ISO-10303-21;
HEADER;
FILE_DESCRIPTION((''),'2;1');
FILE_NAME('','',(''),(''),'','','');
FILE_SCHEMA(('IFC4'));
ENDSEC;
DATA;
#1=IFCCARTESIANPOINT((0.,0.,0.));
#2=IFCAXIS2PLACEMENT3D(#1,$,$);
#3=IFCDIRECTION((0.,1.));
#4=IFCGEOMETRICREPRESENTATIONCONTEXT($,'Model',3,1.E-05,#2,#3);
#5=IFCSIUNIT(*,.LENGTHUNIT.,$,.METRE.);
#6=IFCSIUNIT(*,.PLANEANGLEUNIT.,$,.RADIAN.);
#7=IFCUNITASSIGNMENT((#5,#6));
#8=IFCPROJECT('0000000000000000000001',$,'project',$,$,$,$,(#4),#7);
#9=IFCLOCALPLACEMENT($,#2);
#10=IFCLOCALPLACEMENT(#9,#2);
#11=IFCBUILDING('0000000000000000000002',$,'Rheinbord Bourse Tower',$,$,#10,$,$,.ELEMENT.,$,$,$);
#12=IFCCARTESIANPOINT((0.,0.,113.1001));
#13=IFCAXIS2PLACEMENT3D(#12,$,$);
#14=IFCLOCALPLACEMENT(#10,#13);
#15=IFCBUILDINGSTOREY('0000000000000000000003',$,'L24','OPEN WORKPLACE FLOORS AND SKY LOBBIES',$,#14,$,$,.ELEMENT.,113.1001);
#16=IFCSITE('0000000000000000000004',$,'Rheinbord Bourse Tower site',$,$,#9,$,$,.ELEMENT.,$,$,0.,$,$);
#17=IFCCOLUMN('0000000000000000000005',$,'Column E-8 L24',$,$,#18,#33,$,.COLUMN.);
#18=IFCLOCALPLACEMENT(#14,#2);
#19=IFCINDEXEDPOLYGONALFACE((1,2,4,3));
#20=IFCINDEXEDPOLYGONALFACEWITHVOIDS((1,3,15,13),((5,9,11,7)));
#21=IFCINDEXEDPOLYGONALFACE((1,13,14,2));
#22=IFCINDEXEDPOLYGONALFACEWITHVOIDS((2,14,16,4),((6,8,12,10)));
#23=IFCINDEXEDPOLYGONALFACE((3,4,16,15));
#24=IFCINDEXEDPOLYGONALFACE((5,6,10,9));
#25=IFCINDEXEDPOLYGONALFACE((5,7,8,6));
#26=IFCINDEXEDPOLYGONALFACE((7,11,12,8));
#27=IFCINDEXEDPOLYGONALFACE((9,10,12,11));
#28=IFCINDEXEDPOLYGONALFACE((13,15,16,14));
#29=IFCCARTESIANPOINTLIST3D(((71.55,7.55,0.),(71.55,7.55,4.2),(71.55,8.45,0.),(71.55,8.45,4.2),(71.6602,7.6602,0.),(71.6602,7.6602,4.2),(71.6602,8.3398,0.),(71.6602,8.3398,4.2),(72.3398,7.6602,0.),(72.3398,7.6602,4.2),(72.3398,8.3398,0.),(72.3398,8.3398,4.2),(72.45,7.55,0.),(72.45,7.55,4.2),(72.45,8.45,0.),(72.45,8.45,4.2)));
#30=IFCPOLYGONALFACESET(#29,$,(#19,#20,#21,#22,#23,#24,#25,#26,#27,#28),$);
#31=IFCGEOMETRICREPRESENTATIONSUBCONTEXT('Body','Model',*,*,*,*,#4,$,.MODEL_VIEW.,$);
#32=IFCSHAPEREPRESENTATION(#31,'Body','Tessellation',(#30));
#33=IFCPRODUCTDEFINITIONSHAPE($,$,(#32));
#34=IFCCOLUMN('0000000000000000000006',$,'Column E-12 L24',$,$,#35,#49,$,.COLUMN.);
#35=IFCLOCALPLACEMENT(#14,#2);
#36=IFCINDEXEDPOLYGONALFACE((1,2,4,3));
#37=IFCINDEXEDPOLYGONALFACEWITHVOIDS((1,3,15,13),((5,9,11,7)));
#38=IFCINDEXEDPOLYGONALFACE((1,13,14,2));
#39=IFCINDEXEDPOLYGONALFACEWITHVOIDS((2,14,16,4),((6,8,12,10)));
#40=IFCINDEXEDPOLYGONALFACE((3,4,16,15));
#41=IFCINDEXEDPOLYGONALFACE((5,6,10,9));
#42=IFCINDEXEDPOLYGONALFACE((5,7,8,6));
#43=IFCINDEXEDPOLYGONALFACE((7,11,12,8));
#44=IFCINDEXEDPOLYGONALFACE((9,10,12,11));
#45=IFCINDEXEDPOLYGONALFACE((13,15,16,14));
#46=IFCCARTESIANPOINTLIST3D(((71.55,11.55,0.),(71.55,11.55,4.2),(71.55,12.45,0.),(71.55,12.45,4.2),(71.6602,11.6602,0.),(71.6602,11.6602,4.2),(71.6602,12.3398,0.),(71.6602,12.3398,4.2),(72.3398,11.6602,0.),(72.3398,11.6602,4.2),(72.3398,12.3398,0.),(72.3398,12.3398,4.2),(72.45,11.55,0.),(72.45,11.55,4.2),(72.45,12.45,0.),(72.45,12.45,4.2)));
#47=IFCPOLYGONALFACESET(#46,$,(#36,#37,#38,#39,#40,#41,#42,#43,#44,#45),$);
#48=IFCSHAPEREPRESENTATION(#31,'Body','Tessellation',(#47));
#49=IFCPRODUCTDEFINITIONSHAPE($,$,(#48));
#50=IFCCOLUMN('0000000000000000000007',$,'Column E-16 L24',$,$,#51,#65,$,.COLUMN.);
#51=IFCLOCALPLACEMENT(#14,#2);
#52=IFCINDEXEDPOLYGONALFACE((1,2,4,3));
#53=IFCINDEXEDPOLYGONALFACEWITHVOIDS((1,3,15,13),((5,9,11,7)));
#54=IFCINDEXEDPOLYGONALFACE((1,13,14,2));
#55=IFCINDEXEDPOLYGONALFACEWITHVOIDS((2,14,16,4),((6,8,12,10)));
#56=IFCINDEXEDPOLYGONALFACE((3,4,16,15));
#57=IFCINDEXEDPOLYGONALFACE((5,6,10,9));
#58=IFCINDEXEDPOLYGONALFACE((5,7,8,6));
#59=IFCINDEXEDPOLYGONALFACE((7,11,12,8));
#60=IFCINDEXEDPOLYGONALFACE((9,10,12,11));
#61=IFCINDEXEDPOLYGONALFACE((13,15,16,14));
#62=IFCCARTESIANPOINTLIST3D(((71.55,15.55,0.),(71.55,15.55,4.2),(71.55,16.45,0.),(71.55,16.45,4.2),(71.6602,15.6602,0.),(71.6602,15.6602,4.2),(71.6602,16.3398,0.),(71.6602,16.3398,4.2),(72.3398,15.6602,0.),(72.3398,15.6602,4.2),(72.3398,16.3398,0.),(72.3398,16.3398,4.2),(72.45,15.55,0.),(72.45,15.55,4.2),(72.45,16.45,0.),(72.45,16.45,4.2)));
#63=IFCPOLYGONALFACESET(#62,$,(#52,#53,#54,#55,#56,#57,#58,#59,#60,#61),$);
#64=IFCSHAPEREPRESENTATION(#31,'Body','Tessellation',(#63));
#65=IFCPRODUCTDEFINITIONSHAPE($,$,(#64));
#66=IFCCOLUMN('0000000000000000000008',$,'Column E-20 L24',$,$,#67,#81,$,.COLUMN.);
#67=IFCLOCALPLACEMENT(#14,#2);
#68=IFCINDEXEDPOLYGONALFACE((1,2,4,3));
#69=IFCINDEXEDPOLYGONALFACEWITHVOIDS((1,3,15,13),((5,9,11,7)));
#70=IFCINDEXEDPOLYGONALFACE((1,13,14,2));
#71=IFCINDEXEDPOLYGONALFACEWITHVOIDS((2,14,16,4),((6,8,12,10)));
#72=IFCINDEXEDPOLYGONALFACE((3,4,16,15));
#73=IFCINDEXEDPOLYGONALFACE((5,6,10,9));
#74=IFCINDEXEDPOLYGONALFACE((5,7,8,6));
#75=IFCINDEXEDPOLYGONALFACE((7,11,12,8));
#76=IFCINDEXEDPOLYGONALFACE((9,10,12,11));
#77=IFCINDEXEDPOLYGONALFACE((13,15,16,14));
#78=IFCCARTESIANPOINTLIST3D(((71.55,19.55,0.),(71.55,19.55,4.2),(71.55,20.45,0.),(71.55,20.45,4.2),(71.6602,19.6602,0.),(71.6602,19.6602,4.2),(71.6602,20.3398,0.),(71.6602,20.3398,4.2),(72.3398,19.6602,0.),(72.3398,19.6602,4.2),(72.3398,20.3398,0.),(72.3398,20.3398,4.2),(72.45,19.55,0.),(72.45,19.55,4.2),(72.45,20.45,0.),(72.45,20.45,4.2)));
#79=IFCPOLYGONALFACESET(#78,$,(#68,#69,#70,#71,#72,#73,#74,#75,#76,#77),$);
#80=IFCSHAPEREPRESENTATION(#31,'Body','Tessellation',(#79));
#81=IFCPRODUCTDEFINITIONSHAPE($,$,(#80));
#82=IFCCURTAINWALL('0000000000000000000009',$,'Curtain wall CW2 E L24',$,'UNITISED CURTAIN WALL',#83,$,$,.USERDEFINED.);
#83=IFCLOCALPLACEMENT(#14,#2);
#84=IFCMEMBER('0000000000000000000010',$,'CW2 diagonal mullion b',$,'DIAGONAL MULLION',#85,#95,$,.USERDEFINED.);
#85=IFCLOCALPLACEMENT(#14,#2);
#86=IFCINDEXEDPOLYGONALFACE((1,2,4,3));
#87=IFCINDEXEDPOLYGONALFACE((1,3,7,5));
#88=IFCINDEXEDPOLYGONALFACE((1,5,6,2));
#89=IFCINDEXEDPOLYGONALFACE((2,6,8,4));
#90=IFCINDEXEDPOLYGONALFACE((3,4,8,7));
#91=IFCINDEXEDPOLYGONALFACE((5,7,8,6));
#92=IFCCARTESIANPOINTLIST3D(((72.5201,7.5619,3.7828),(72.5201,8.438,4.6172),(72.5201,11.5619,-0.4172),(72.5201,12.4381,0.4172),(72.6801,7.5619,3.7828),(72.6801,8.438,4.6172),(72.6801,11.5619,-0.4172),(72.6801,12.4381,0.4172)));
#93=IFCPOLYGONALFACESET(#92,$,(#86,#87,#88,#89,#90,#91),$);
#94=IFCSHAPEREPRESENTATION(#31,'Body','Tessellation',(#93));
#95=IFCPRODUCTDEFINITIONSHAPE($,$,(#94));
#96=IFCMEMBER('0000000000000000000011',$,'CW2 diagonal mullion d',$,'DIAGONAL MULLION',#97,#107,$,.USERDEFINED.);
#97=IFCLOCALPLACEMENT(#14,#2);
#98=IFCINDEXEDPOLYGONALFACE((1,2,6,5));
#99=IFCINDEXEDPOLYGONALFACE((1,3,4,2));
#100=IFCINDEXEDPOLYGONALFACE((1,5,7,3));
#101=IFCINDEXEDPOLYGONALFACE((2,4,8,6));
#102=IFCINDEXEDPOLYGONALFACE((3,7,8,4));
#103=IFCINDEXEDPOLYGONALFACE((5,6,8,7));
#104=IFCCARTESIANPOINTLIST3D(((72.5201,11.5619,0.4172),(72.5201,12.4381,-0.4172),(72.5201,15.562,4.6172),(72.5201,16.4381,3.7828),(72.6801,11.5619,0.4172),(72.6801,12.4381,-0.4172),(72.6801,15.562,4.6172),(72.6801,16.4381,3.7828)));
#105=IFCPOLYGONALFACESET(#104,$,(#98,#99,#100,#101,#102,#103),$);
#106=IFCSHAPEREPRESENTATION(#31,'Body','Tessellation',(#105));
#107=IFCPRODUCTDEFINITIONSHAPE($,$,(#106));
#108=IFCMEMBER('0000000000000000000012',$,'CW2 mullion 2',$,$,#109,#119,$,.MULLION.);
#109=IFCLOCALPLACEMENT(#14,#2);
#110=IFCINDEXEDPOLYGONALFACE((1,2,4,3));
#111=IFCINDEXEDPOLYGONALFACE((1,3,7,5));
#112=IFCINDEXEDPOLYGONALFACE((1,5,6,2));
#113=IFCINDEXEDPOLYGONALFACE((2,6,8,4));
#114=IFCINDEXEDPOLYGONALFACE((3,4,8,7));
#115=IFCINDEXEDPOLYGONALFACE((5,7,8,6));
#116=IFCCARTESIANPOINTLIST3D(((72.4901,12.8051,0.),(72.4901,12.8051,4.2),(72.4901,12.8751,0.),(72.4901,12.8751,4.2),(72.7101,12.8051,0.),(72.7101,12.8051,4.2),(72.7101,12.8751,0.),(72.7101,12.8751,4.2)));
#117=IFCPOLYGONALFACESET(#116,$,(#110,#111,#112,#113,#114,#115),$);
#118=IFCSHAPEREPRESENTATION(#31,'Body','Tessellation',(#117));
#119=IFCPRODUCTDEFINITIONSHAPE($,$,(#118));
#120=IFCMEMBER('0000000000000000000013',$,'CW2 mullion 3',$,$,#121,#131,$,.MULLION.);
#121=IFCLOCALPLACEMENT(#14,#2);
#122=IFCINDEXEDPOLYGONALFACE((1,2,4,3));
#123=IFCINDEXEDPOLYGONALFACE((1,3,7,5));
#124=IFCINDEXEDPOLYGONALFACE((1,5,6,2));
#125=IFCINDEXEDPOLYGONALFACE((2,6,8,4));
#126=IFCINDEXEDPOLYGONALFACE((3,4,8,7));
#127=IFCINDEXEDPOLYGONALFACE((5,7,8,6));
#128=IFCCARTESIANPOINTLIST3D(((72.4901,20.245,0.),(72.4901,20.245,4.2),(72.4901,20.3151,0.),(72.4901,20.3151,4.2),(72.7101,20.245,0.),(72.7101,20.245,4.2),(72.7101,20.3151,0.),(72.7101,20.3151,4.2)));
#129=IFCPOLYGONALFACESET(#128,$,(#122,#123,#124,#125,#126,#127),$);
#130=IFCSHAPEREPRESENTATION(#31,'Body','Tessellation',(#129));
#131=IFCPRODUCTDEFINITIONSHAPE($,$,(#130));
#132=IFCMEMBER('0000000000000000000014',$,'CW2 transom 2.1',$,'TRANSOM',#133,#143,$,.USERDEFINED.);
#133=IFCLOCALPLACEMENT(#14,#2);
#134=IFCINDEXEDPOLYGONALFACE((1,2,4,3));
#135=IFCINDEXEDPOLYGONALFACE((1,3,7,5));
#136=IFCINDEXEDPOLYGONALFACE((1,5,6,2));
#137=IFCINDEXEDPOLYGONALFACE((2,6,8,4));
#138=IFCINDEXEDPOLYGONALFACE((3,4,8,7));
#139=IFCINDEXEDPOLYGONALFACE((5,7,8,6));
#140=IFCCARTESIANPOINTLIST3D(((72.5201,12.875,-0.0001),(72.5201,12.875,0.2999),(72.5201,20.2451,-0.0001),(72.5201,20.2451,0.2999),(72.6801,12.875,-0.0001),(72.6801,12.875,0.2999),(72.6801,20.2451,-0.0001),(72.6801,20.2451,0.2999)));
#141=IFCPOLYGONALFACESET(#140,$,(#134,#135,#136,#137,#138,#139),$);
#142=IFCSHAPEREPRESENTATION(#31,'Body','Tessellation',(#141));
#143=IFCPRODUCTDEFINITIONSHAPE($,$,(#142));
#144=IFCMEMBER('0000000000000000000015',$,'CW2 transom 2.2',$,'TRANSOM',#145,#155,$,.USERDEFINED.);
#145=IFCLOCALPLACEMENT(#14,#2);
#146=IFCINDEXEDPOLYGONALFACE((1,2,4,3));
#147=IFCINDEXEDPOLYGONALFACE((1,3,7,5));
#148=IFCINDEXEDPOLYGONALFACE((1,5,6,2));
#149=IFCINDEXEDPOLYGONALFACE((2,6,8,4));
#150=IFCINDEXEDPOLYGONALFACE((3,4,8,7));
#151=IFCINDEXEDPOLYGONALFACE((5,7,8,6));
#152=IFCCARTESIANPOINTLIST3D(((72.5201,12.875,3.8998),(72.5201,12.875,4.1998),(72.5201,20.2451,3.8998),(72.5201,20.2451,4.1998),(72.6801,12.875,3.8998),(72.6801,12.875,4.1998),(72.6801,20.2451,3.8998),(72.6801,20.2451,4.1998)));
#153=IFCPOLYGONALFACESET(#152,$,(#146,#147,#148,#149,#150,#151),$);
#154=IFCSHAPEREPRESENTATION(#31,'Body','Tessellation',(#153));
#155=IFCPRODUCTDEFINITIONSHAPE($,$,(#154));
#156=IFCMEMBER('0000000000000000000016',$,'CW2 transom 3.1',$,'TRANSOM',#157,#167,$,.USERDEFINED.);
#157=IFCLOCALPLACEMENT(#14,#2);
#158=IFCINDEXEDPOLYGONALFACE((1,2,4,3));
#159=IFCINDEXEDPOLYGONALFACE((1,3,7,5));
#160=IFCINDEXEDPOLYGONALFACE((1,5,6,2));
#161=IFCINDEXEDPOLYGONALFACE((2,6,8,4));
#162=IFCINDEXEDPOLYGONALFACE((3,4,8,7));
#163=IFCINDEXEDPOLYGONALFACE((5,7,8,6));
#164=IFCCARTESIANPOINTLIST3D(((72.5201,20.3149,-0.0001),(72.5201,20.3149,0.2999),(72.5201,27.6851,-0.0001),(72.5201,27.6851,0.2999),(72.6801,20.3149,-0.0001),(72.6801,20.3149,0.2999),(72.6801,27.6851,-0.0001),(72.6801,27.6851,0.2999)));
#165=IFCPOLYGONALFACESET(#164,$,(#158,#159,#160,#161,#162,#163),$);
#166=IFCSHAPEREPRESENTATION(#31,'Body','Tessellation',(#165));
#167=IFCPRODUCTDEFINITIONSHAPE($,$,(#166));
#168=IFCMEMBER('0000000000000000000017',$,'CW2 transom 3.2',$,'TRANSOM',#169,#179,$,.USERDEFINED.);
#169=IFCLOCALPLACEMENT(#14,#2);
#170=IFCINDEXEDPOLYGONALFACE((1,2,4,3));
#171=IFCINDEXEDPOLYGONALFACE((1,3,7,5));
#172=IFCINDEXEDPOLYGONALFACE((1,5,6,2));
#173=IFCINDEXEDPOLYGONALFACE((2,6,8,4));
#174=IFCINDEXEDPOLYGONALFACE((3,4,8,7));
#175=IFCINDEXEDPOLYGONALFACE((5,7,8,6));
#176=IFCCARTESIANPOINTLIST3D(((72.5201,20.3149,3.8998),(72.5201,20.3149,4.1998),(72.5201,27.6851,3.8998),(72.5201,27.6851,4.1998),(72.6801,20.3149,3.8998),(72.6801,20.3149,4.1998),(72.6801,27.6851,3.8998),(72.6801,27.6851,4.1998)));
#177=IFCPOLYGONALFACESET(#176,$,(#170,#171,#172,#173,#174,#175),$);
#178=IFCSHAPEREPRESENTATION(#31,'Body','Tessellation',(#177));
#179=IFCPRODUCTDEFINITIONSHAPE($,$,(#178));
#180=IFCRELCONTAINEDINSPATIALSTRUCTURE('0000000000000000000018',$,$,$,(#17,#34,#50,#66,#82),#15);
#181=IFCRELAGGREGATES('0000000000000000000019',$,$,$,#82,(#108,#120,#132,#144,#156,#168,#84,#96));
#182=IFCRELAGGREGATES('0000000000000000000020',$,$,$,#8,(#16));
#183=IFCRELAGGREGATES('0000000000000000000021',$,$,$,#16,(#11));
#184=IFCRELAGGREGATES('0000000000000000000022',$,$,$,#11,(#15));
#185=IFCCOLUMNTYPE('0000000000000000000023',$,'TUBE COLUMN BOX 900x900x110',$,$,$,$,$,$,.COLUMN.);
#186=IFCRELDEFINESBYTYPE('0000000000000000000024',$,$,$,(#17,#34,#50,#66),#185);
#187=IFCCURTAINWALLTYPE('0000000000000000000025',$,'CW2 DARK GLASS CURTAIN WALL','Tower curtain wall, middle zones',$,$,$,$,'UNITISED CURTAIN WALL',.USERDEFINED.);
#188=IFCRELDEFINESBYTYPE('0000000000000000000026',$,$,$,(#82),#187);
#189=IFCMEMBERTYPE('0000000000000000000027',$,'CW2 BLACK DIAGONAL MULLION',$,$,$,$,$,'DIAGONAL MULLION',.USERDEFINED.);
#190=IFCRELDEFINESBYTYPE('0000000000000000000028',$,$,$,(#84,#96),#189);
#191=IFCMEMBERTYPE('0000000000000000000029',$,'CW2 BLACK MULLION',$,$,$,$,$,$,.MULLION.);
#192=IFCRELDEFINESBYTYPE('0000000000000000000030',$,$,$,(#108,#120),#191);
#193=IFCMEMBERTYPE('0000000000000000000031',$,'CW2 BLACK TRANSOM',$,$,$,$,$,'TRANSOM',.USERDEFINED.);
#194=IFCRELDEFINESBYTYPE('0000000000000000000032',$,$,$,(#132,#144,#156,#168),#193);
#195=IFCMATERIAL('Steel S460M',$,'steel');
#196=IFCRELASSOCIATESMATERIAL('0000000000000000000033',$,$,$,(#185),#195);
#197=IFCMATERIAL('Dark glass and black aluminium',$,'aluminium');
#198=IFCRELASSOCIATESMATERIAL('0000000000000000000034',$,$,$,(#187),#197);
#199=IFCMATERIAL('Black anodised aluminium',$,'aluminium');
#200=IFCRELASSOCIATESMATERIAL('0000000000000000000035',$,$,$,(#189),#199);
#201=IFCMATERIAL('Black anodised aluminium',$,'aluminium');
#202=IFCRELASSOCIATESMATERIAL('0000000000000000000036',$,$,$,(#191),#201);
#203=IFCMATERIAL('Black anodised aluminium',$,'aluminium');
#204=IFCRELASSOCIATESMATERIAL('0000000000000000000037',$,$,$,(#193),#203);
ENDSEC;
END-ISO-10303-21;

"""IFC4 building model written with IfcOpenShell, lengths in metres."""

from ifc_helpers import new_model, si_unit, direction, frame, origin, origin_2d, place, context, subcontext, project, spatial, rectangle, hollow_rectangle, extrude, material, material_profile, profile_set, type_object, element, aggregate, save


model = new_model("IFC4")

# Units and contexts
model_context = context("Model", 3, precision=1e-05, world=origin(), true_north=direction((0.0, 1.0)))
body_context = subcontext(model_context, "Body", "Model", "MODEL_VIEW")
ifc_project = project(units=[si_unit("LENGTHUNIT", "METRE"), si_unit("PLANEANGLEUNIT", "RADIAN")], contexts=[model_context])

# Site, building, storey
site_placement = place(None, origin())
site = spatial("IfcSite", under=ifc_project, at=site_placement, Name="Rheinbord Bourse Tower site", CompositionType="ELEMENT", RefElevation=0.0)
building_placement = place(site_placement, origin())
building = spatial("IfcBuilding", under=site, at=building_placement, Name="Rheinbord Bourse Tower", CompositionType="ELEMENT")
storey_placement = place(building_placement, frame((0.0, 0.0, 113.1001)))
storey = spatial("IfcBuildingStorey", under=building, at=storey_placement, Name="L24", Description="OPEN WORKPLACE FLOORS AND SKY LOBBIES", CompositionType="ELEMENT", Elevation=113.1001)

# Columns
ifc_material_1 = material(Name="Steel S460M", Category="steel")
ifc_material_profile_1 = material_profile(ifc_material_1, hollow_rectangle(XDim=0.8999, YDim=0.8999, WallThickness=0.1101, at=origin_2d()), Name="BOX 900x900x110")
ifc_profile_set_1 = profile_set([ifc_material_profile_1], Name="Steel S460M")
column_type = type_object("IfcColumnType", Name="TUBE COLUMN BOX 900x900x110", PredefinedType="COLUMN", material=ifc_profile_set_1)
for number, where, z_axis, x_axis, name in (
    (1, (72.0, 8.0, 0.0), (0.0, 0.0, 1.0), (1.0, 0.0, 0.0), "Column E-8 L24"),
    (2, (72.0, 12.0, 0.0), (0.0, 0.0, 1.0), (1.0, 0.0, 0.0), "Column E-12 L24"),
    (3, (72.0, 16.0, 0.0), (0.0, 0.0, 1.0), (1.0, 0.0, 0.0), "Column E-16 L24"),
    (4, (72.0, 20.0, 0.0), (0.0, 0.0, 1.0), (1.0, 0.0, 0.0), "Column E-20 L24"),
):
    element("IfcColumn", number, at=place(storey_placement, frame(where, z_axis=z_axis, x_axis=x_axis)), inside=storey, type_object=column_type, Name=name, PredefinedType="COLUMN", context=body_context, shape_type="SweptSolid", body=[
        extrude(hollow_rectangle(XDim=0.8999, YDim=0.8999, WallThickness=0.1101, at=origin_2d()), origin(), (0.0, 0.0, 1.0), 4.2),
    ])

# Curtain wall, members
ifc_material_2 = material(Name="Dark glass and black aluminium", Category="aluminium")
curtain_wall_type = type_object("IfcCurtainWallType", Name="CW2 DARK GLASS CURTAIN WALL", Description="Tower curtain wall, middle zones", ElementType="UNITISED CURTAIN WALL", PredefinedType="USERDEFINED", material=ifc_material_2)
curtain_wall_placement = place(storey_placement, origin())
curtain_wall = element("IfcCurtainWall", 5, at=curtain_wall_placement, inside=storey, type_object=curtain_wall_type, Name="Curtain wall CW2 E L24", ObjectType="UNITISED CURTAIN WALL", PredefinedType="USERDEFINED")
ifc_material_3 = material(Name="Black anodised aluminium", Category="aluminium")
ifc_material_profile_2 = material_profile(ifc_material_3, rectangle(XDim=0.1599, YDim=1.21, at=origin_2d()), Name="CW2 DIAGONAL MULLION 1210x160")
ifc_profile_set_2 = profile_set([ifc_material_profile_2], Name="Black anodised aluminium")
member_type_1 = type_object("IfcMemberType", Name="CW2 BLACK DIAGONAL MULLION", ElementType="DIAGONAL MULLION", PredefinedType="USERDEFINED", material=ifc_profile_set_2)
member_1_placement = place(storey_placement, frame((72.6001, 12.0, 0.0), z_axis=(0.0, -0.689659, 0.724134), x_axis=(1.0, 0.0, 0.0)))
member_1 = element("IfcMember", 6, at=member_1_placement, type_object=member_type_1, Name="CW2 diagonal mullion b", ObjectType="DIAGONAL MULLION", PredefinedType="USERDEFINED", context=body_context, shape_type="SweptSolid", body=[
    extrude(rectangle(XDim=0.1599, YDim=1.21, at=origin_2d()), origin(), (0.0, 0.0, 1.0), 5.8),
])
member_2_placement = place(storey_placement, frame((72.6001, 12.0, 0.0), z_axis=(0.0, 0.689659, 0.724134), x_axis=(-1.0, 0.0, 0.0)))
member_2 = element("IfcMember", 7, at=member_2_placement, type_object=member_type_1, Name="CW2 diagonal mullion d", ObjectType="DIAGONAL MULLION", PredefinedType="USERDEFINED", context=body_context, shape_type="SweptSolid", body=[
    extrude(rectangle(XDim=0.1599, YDim=1.21, at=origin_2d()), origin(), (0.0, 0.0, 1.0), 5.8),
])
ifc_material_4 = material(Name="Black anodised aluminium", Category="aluminium")
ifc_material_profile_3 = material_profile(ifc_material_4, rectangle(XDim=0.22, YDim=0.0701, at=origin_2d()), Name="CW2 MULLION 70x220")
ifc_profile_set_3 = profile_set([ifc_material_profile_3], Name="Black anodised aluminium")
member_type_2 = type_object("IfcMemberType", Name="CW2 BLACK MULLION", PredefinedType="MULLION", material=ifc_profile_set_3)
member_3_placement = place(storey_placement, frame((72.6001, 12.8401, 0.0), z_axis=(0.0, 0.0, 1.0), x_axis=(-1.0, 0.0, 0.0)))
member_3 = element("IfcMember", 8, at=member_3_placement, type_object=member_type_2, Name="CW2 mullion 2", PredefinedType="MULLION", context=body_context, shape_type="SweptSolid", body=[
    extrude(rectangle(XDim=0.22, YDim=0.0701, at=origin_2d()), origin(), (0.0, 0.0, 1.0), 4.2),
])
member_4_placement = place(storey_placement, frame((72.6001, 20.28, 0.0), z_axis=(0.0, 0.0, 1.0), x_axis=(-1.0, 0.0, 0.0)))
member_4 = element("IfcMember", 9, at=member_4_placement, type_object=member_type_2, Name="CW2 mullion 3", PredefinedType="MULLION", context=body_context, shape_type="SweptSolid", body=[
    extrude(rectangle(XDim=0.22, YDim=0.0701, at=origin_2d()), origin(), (0.0, 0.0, 1.0), 4.2),
])
ifc_material_5 = material(Name="Black anodised aluminium", Category="aluminium")
ifc_material_profile_4 = material_profile(ifc_material_5, rectangle(XDim=0.1599, YDim=0.3, at=origin_2d()), Name="CW2 TRANSOM 300x160")
ifc_profile_set_4 = profile_set([ifc_material_profile_4], Name="Black anodised aluminium")
member_type_3 = type_object("IfcMemberType", Name="CW2 BLACK TRANSOM", ElementType="TRANSOM", PredefinedType="USERDEFINED", material=ifc_profile_set_4)
member_5_placement = place(storey_placement, frame((72.6001, 12.875, 0.1499), z_axis=(0.0, 1.0, 0.0), x_axis=(-1.0, 0.0, 0.0)))
member_5 = element("IfcMember", 10, at=member_5_placement, type_object=member_type_3, Name="CW2 transom 2.1", ObjectType="TRANSOM", PredefinedType="USERDEFINED", context=body_context, shape_type="SweptSolid", body=[
    extrude(rectangle(XDim=0.1599, YDim=0.3, at=origin_2d()), origin(), (0.0, 0.0, 1.0), 7.3701),
])
member_6_placement = place(storey_placement, frame((72.6001, 12.875, 4.0498), z_axis=(0.0, 1.0, 0.0), x_axis=(-1.0, 0.0, 0.0)))
member_6 = element("IfcMember", 11, at=member_6_placement, type_object=member_type_3, Name="CW2 transom 2.2", ObjectType="TRANSOM", PredefinedType="USERDEFINED", context=body_context, shape_type="SweptSolid", body=[
    extrude(rectangle(XDim=0.1599, YDim=0.3, at=origin_2d()), origin(), (0.0, 0.0, 1.0), 7.3701),
])
member_7_placement = place(storey_placement, frame((72.6001, 20.3149, 0.1499), z_axis=(0.0, 1.0, 0.0), x_axis=(-1.0, 0.0, 0.0)))
member_7 = element("IfcMember", 12, at=member_7_placement, type_object=member_type_3, Name="CW2 transom 3.1", ObjectType="TRANSOM", PredefinedType="USERDEFINED", context=body_context, shape_type="SweptSolid", body=[
    extrude(rectangle(XDim=0.1599, YDim=0.3, at=origin_2d()), origin(), (0.0, 0.0, 1.0), 7.3701),
])
member_8_placement = place(storey_placement, frame((72.6001, 20.3149, 4.0498), z_axis=(0.0, 1.0, 0.0), x_axis=(-1.0, 0.0, 0.0)))
member_8 = element("IfcMember", 13, at=member_8_placement, type_object=member_type_3, Name="CW2 transom 3.2", ObjectType="TRANSOM", PredefinedType="USERDEFINED", context=body_context, shape_type="SweptSolid", body=[
    extrude(rectangle(XDim=0.1599, YDim=0.3, at=origin_2d()), origin(), (0.0, 0.0, 1.0), 7.3701),
])

aggregate(curtain_wall, [member_3, member_4, member_5, member_6, member_7, member_8, member_1, member_2])

save(model, "model.ifc")
